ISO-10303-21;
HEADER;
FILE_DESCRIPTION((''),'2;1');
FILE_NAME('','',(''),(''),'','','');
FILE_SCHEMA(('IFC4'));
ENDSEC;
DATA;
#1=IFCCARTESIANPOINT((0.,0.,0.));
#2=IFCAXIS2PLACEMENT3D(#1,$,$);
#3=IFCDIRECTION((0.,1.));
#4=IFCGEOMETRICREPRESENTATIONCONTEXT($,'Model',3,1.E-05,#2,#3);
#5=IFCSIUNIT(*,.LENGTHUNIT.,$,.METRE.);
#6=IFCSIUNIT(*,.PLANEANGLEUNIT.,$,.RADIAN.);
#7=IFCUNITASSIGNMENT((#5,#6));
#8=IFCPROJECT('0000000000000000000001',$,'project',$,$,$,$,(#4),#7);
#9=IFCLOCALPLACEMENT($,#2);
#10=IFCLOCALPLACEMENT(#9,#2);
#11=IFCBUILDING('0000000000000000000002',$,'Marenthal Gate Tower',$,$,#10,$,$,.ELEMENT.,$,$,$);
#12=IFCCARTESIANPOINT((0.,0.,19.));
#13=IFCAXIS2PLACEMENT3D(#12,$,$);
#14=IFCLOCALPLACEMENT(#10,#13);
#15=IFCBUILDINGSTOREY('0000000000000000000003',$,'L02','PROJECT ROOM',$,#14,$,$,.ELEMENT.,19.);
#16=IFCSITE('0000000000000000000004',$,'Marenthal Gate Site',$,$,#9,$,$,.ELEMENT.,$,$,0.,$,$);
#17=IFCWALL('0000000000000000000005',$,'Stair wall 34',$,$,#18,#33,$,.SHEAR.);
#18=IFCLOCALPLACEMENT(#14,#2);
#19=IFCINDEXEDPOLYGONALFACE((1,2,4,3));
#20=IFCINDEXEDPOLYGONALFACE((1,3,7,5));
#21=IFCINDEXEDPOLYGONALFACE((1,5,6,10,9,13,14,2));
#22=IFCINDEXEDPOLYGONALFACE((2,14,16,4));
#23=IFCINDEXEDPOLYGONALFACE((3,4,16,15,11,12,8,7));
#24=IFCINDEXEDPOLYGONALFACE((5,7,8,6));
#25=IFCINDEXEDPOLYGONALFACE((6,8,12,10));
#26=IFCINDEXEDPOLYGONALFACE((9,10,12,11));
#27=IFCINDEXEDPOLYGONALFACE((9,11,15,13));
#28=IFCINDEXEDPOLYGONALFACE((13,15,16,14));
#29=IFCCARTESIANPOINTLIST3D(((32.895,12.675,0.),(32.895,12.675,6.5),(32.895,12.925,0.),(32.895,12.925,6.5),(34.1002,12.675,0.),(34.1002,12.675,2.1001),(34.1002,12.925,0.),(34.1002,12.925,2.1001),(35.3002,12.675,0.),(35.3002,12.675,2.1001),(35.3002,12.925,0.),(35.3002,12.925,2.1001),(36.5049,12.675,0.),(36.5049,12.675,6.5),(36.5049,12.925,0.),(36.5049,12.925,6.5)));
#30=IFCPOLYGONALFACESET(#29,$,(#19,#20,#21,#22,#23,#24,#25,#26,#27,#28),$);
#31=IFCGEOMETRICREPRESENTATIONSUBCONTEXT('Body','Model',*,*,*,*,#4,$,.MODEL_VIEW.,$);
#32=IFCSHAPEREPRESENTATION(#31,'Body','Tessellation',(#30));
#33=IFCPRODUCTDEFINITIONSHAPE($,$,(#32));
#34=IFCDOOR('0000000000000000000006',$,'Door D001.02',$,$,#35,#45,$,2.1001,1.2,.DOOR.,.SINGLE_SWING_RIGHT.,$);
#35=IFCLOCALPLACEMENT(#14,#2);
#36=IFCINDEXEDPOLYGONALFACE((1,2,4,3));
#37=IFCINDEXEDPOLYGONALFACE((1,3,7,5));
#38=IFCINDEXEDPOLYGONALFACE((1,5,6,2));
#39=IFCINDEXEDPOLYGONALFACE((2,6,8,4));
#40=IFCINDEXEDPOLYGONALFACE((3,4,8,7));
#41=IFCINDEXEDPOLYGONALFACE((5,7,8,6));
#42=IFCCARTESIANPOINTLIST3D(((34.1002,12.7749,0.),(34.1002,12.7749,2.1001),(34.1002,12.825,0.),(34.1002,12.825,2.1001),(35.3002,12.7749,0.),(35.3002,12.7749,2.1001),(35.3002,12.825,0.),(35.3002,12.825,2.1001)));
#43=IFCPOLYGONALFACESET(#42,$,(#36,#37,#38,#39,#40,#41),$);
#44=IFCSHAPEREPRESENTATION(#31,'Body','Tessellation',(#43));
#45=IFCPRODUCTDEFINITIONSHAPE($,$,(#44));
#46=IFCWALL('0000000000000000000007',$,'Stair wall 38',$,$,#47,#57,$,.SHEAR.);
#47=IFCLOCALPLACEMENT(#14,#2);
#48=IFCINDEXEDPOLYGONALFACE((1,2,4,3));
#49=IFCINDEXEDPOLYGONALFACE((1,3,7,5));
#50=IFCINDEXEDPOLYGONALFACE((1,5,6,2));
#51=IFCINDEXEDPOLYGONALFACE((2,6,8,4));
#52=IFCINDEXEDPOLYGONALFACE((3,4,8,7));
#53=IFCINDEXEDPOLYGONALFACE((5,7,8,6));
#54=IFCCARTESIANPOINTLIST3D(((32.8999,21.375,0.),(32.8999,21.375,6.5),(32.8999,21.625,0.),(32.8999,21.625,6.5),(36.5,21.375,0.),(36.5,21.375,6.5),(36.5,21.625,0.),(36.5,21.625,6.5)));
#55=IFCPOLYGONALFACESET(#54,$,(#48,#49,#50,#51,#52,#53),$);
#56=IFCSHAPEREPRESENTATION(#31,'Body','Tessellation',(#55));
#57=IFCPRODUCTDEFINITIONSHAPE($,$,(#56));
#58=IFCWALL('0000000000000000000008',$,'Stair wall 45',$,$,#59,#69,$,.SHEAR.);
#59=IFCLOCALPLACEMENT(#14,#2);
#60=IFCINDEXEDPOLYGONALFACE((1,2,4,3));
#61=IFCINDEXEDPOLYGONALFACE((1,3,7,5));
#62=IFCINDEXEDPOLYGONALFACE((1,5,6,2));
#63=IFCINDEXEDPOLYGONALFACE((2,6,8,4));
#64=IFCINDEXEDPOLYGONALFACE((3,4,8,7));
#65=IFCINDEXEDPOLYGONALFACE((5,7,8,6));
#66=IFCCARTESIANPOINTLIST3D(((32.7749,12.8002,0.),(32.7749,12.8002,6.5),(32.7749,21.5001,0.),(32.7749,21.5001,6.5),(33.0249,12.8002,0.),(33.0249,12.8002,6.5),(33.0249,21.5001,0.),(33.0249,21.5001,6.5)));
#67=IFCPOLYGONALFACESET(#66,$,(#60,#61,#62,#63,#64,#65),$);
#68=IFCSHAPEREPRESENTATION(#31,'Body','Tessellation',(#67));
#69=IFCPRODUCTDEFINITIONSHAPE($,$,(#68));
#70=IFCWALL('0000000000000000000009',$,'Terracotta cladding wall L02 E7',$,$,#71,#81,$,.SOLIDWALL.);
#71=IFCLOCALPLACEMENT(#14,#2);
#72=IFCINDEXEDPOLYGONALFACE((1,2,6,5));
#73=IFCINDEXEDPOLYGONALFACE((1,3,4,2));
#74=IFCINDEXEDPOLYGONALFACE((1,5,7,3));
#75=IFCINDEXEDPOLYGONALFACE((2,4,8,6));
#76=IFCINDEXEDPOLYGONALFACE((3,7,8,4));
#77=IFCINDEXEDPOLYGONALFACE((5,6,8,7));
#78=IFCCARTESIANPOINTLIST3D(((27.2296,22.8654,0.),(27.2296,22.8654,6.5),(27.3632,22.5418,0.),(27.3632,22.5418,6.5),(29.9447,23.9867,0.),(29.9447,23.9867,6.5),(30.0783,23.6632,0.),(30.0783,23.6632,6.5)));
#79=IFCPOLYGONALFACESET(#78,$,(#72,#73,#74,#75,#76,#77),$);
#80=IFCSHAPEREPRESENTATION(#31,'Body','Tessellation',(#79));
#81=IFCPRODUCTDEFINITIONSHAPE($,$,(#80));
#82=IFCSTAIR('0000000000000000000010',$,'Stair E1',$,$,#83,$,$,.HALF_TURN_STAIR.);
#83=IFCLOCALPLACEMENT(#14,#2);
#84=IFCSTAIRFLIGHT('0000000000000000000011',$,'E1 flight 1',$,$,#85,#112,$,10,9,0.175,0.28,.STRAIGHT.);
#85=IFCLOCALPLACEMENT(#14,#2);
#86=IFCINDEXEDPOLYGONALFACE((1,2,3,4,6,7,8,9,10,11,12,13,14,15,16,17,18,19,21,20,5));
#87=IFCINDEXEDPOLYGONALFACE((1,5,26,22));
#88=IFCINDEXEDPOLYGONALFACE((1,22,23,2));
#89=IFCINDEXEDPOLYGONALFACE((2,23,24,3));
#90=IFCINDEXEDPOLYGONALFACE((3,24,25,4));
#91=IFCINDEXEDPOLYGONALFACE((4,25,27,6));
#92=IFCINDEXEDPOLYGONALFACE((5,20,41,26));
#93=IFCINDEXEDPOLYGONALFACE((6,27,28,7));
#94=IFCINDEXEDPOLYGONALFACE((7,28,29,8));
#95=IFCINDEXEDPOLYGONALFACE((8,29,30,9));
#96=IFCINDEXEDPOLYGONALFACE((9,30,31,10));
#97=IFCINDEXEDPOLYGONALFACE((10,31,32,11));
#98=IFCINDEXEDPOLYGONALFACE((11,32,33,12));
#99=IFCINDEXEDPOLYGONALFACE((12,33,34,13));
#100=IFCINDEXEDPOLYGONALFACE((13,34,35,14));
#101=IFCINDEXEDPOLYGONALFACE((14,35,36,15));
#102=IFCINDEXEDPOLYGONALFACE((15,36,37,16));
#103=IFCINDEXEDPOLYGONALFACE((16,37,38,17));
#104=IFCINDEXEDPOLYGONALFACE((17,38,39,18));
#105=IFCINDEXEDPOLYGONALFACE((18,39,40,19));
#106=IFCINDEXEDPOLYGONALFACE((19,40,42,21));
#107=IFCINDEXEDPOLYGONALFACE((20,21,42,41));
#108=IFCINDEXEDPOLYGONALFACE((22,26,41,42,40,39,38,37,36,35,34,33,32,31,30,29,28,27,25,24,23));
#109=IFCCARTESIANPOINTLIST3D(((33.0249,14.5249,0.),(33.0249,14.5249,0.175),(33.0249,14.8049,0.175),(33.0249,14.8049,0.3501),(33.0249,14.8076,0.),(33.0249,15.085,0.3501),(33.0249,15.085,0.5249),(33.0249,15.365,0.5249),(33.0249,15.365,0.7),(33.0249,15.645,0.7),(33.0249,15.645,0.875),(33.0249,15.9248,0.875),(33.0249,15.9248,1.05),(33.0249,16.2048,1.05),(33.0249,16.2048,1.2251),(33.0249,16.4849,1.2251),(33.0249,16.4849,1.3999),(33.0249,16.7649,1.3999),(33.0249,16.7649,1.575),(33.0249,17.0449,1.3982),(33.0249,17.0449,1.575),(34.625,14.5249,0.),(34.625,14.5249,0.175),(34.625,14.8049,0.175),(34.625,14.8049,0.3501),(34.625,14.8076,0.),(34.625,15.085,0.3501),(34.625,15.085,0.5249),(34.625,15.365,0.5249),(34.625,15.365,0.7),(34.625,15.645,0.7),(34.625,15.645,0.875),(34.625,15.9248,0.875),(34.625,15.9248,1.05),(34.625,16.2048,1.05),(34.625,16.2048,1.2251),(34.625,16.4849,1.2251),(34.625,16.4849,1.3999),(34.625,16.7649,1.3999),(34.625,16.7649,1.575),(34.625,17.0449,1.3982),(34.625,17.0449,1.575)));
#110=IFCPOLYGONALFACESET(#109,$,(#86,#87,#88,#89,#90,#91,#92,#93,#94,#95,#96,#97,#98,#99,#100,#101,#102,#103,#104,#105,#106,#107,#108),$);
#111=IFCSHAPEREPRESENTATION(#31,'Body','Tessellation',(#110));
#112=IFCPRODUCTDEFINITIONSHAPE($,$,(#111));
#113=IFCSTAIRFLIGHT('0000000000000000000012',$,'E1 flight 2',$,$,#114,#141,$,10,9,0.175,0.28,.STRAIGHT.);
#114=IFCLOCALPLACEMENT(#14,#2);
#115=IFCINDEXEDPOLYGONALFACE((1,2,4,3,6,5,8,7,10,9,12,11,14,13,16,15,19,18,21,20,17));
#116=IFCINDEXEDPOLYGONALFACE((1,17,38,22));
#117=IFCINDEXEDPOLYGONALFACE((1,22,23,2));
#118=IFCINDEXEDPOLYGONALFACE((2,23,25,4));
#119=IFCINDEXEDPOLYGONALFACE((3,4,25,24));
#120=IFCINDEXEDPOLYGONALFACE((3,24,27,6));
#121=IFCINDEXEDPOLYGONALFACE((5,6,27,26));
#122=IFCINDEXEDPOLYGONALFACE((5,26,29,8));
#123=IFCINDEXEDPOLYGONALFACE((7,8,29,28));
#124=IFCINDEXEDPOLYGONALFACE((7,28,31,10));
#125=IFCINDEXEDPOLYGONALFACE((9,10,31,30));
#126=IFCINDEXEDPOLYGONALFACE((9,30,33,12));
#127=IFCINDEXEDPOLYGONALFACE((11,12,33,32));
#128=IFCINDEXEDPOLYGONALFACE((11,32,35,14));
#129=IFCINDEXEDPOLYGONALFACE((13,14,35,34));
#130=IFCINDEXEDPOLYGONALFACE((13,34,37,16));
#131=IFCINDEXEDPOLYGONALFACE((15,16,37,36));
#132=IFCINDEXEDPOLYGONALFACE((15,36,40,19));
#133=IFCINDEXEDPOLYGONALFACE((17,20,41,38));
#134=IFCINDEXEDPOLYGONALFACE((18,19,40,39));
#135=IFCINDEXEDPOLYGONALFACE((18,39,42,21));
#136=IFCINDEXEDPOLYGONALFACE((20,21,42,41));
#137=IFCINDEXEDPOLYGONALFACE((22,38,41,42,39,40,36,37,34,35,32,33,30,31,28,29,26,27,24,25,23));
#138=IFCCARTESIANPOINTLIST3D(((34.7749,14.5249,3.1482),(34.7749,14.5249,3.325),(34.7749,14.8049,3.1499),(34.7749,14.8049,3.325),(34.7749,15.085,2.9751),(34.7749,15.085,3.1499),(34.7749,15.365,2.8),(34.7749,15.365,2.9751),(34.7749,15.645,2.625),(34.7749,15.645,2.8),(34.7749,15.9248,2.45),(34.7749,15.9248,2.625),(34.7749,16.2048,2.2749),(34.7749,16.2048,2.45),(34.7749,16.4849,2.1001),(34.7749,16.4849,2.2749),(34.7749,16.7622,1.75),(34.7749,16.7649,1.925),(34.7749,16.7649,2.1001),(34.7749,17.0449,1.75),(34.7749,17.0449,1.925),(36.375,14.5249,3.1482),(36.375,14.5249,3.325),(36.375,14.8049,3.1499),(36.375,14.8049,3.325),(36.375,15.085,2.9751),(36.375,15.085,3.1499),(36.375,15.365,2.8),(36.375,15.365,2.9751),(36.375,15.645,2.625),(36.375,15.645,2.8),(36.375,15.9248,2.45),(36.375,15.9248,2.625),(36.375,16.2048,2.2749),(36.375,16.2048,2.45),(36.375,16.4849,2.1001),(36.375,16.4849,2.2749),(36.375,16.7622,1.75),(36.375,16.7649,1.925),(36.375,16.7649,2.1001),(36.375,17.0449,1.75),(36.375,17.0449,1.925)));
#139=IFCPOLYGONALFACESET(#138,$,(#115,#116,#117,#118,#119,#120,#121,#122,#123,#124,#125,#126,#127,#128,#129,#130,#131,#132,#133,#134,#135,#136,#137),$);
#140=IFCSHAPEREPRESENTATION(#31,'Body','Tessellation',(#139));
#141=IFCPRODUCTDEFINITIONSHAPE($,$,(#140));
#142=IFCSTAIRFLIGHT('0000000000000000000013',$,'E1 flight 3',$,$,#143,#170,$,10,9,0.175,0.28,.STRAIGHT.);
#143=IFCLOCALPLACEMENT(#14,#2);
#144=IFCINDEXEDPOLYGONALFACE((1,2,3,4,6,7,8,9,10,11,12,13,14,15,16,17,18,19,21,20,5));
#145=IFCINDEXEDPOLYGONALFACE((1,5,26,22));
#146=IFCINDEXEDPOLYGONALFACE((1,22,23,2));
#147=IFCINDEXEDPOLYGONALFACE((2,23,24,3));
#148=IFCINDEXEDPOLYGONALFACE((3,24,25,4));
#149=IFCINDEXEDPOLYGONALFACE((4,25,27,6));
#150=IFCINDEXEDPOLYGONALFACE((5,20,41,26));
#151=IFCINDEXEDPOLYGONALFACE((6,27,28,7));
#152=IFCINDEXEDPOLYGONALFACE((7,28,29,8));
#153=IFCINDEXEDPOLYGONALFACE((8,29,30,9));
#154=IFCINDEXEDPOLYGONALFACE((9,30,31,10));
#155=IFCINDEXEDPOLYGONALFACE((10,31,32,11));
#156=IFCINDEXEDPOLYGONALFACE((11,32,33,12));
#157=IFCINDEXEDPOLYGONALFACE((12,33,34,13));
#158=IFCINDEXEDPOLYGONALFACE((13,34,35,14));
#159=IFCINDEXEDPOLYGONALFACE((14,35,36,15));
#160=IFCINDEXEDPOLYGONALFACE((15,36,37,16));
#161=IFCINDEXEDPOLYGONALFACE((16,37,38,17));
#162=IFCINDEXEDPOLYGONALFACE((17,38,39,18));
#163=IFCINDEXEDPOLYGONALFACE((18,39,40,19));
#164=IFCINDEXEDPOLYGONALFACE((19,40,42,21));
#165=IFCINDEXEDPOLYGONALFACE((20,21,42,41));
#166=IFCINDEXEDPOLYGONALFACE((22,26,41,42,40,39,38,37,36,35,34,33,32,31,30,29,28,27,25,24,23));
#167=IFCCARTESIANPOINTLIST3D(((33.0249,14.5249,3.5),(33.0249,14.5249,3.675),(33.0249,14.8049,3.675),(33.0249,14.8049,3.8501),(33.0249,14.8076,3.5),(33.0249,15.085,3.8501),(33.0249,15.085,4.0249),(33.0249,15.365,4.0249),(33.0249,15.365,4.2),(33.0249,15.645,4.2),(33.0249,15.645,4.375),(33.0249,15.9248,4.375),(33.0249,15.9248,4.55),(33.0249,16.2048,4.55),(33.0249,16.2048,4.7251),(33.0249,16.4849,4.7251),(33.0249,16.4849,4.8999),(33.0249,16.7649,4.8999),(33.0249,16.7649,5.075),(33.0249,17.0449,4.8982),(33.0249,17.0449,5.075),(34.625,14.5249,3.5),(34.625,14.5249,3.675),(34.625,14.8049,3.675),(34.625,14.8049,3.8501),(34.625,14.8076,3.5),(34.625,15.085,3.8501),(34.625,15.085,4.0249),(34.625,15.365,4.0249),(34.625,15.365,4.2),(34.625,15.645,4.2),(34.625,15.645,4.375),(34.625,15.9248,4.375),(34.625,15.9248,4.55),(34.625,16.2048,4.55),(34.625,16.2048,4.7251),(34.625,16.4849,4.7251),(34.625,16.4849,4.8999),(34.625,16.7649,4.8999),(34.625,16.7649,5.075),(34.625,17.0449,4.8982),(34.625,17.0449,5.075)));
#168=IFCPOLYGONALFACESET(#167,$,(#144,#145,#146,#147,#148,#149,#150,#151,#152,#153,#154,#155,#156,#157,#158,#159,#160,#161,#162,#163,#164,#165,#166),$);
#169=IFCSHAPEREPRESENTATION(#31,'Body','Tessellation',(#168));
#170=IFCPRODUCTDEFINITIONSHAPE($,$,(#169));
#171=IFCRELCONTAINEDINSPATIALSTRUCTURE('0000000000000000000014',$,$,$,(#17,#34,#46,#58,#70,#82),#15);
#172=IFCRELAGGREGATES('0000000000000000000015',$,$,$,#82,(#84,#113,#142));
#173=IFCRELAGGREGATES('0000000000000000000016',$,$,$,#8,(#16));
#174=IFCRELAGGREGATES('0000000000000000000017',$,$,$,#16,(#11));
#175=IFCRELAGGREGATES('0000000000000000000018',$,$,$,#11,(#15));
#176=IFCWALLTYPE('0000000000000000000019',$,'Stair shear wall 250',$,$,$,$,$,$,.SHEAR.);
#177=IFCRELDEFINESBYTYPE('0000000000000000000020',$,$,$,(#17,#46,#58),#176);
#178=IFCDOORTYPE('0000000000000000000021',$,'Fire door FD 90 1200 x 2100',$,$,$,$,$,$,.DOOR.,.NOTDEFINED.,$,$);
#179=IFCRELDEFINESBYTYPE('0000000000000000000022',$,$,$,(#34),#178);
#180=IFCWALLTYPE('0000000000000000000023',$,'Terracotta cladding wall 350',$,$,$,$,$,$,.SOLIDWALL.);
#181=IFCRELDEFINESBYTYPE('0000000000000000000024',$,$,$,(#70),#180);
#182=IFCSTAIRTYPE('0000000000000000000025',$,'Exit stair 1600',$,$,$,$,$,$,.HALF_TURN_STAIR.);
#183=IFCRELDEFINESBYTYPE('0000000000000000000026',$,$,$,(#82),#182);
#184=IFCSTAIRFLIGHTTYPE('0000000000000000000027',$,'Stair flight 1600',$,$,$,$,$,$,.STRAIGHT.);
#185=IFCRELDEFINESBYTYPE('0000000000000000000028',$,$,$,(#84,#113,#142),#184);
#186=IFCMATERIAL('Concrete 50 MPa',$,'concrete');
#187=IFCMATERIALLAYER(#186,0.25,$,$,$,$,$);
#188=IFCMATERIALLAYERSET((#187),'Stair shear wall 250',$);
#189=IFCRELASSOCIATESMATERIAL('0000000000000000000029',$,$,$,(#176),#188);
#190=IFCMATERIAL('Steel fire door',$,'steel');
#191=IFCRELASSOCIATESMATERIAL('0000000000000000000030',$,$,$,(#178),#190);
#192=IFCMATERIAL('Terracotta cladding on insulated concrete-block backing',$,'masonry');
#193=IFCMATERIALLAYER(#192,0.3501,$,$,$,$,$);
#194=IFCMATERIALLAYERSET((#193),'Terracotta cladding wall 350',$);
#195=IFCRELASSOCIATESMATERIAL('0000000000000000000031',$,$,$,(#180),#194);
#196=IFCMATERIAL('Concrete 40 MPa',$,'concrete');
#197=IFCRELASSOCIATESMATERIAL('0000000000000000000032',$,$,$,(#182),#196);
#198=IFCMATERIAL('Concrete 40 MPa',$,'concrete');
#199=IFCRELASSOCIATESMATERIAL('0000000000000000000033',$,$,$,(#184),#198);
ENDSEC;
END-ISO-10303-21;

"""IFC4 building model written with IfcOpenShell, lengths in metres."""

from ifc_helpers import new_model, si_unit, direction, frame, frame_2d, origin, place, context, subcontext, project, spatial, polyline, rectangle, outline, extrude, material, layer, layer_set, type_object, element, fill, aggregate, save


model = new_model("IFC4")

# Units and contexts
model_context = context("Model", 3, precision=1e-05, world=origin(), true_north=direction((0.0, 1.0)))
body_context = subcontext(model_context, "Body", "Model", "MODEL_VIEW")
ifc_project = project(units=[si_unit("LENGTHUNIT", "METRE"), si_unit("PLANEANGLEUNIT", "RADIAN")], contexts=[model_context])

# Site, building, storey
site_placement = place(None, origin())
site = spatial("IfcSite", under=ifc_project, at=site_placement, Name="Marenthal Gate Site", CompositionType="ELEMENT", RefElevation=0.0)
building_placement = place(site_placement, origin())
building = spatial("IfcBuilding", under=site, at=building_placement, Name="Marenthal Gate Tower", CompositionType="ELEMENT")
storey_placement = place(building_placement, frame((0.0, 0.0, 19.0)))
storey = spatial("IfcBuildingStorey", under=building, at=storey_placement, Name="L02", Description="PROJECT ROOM", CompositionType="ELEMENT", Elevation=19.0)

# Wall, opening, door
ifc_material_1 = material(Name="Concrete 50 MPa", Category="concrete")
ifc_layer_1 = layer(ifc_material_1, 0.25)
ifc_layer_set_1 = layer_set([ifc_layer_1], Name="Stair shear wall 250")
wall_type_1 = type_object("IfcWallType", Name="Stair shear wall 250", PredefinedType="SHEAR", material=ifc_layer_set_1)
wall_1_placement = place(storey_placement, frame((32.895, 12.8, 0.0), z_axis=(0.0, 0.0, 1.0), x_axis=(1.0, 0.0, 0.0)))
wall_1 = element("IfcWall", 1, at=wall_1_placement, inside=storey, type_object=wall_type_1, Name="Stair wall 34", PredefinedType="SHEAR", context=body_context, shape_type="SweptSolid", body=[
    extrude(rectangle(XDim=3.6099, YDim=0.25, at=frame_2d((1.8049, 0.0))), origin(), (0.0, 0.0, 1.0), 6.5),
])
opening_1_placement = place(wall_1_placement, frame((1.2051, 0.0, 0.0)))
opening_1 = element("IfcOpeningElement", 2, at=opening_1_placement, cuts=wall_1, PredefinedType="OPENING", context=body_context, shape_type="SweptSolid", body=[
    extrude(rectangle(XDim=1.2, YDim=2.1001, at=frame_2d((0.6001, 1.05))), frame((0.0, 0.135, 0.0), z_axis=(0.0, -1.0, 0.0), x_axis=(1.0, 0.0, 0.0)), (0.0, 0.0, 1.0), 0.27),
])
ifc_material_2 = material(Name="Steel fire door", Category="steel")
door_type_1 = type_object("IfcDoorType", Name="Fire door FD 90 1200 x 2100", OperationType="NOTDEFINED", PredefinedType="DOOR", material=ifc_material_2)
door_1_placement = place(opening_1_placement, origin())
door_1 = element("IfcDoor", 3, at=door_1_placement, inside=storey, type_object=door_type_1, Name="Door D001.02", OperationType="SINGLE_SWING_RIGHT", OverallHeight=2.1001, OverallWidth=1.2, PredefinedType="DOOR", context=body_context, shape_type="SweptSolid", body=[
    extrude(rectangle(XDim=1.2, YDim=2.1001, at=frame_2d((0.6001, 1.05))), frame((0.0, 0.0249, 0.0), z_axis=(0.0, -1.0, 0.0), x_axis=(1.0, 0.0, 0.0)), (0.0, 0.0, 1.0), 0.05),
])
fill(opening_1, door_1)

# Walls
wall_2_placement = place(storey_placement, frame((32.8999, 21.5, 0.0), z_axis=(0.0, 0.0, 1.0), x_axis=(1.0, 0.0, 0.0)))
element("IfcWall", 4, at=wall_2_placement, inside=storey, type_object=wall_type_1, Name="Stair wall 38", PredefinedType="SHEAR", context=body_context, shape_type="SweptSolid", body=[
    extrude(rectangle(XDim=3.6001, YDim=0.25, at=frame_2d((1.8, 0.0))), origin(), (0.0, 0.0, 1.0), 6.5),
])
wall_3_placement = place(storey_placement, frame((32.8999, 12.8, 0.0), z_axis=(0.0, 0.0, 1.0), x_axis=(0.0, 1.0, 0.0)))
element("IfcWall", 5, at=wall_3_placement, inside=storey, type_object=wall_type_1, Name="Stair wall 45", PredefinedType="SHEAR", context=body_context, shape_type="SweptSolid", body=[
    extrude(rectangle(XDim=8.7, YDim=0.25, at=frame_2d((4.3501, 0.0))), origin(), (0.0, 0.0, 1.0), 6.5),
])
ifc_material_3 = material(Name="Terracotta cladding on insulated concrete-block backing", Category="masonry")
ifc_layer_2 = layer(ifc_material_3, 0.3501)
ifc_layer_set_2 = layer_set([ifc_layer_2], Name="Terracotta cladding wall 350")
wall_type_2 = type_object("IfcWallType", Name="Terracotta cladding wall 350", PredefinedType="SOLIDWALL", material=ifc_layer_set_2)
wall_4_placement = place(storey_placement, frame((30.0115, 23.825, 0.0), z_axis=(0.0, 0.0, 1.0), x_axis=(-0.924275, -0.381728, 0.0)))
element("IfcWall", 6, at=wall_4_placement, inside=storey, type_object=wall_type_2, Name="Terracotta cladding wall L02 E7", PredefinedType="SOLIDWALL", context=body_context, shape_type="SweptSolid", body=[
    extrude(rectangle(XDim=2.9375, YDim=0.3501, at=frame_2d((1.4688, 0.0))), origin(), (0.0, 0.0, 1.0), 6.5),
])

# Stair, stair flights
ifc_material_4 = material(Name="Concrete 40 MPa", Category="concrete")
stair_type = type_object("IfcStairType", Name="Exit stair 1600", PredefinedType="HALF_TURN_STAIR", material=ifc_material_4)
stair_placement = place(storey_placement, origin())
stair = element("IfcStair", 7, at=stair_placement, inside=storey, type_object=stair_type, Name="Stair E1", PredefinedType="HALF_TURN_STAIR")
ifc_material_5 = material(Name="Concrete 40 MPa", Category="concrete")
stair_flight_type = type_object("IfcStairFlightType", Name="Stair flight 1600", PredefinedType="STRAIGHT", material=ifc_material_5)
stair_flight_1_placement = place(storey_placement, frame((33.825, 14.5249, 0.0), z_axis=(0.0, 0.0, 1.0), x_axis=(0.0, 1.0, 0.0)))
stair_flight_1 = element("IfcStairFlight", 8, at=stair_flight_1_placement, type_object=stair_flight_type, Name="E1 flight 1", NumberOfRisers=10, NumberOfTreads=9, PredefinedType="STRAIGHT", RiserHeight=0.175, TreadLength=0.28, context=body_context, shape_type="SweptSolid", body=[
    extrude(outline(polyline([(0.0, 0.0), (0.0, 0.175), (0.28, 0.175), (0.28, 0.3501), (0.5601, 0.3501), (0.5601, 0.5249), (0.8401, 0.5249), (0.8401, 0.7), (1.1201, 0.7), (1.1201, 0.875), (1.3999, 0.875), (1.3999, 1.05), (1.6799, 1.05), (1.6799, 1.2251), (1.96, 1.2251), (1.96, 1.3999), (2.24, 1.3999), (2.24, 1.575), (2.52, 1.575), (2.52, 1.75), (2.52, 1.3982), (0.2827, 0.0), (0.0, 0.0)])), frame((0.0, 0.8, 0.0), z_axis=(0.0, -1.0, 0.0), x_axis=(1.0, 0.0, 0.0)), (0.0, 0.0, 1.0), 1.6001),
])
stair_flight_2_placement = place(storey_placement, frame((35.575, 17.0449, 1.75), z_axis=(0.0, 0.0, 1.0), x_axis=(0.0, -1.0, 0.0)))
stair_flight_2 = element("IfcStairFlight", 9, at=stair_flight_2_placement, type_object=stair_flight_type, Name="E1 flight 2", NumberOfRisers=10, NumberOfTreads=9, PredefinedType="STRAIGHT", RiserHeight=0.175, TreadLength=0.28, context=body_context, shape_type="SweptSolid", body=[
    extrude(outline(polyline([(0.0, 0.0), (0.0, 0.175), (0.28, 0.175), (0.28, 0.3501), (0.5601, 0.3501), (0.5601, 0.5249), (0.8401, 0.5249), (0.8401, 0.7), (1.1201, 0.7), (1.1201, 0.875), (1.3999, 0.875), (1.3999, 1.05), (1.6799, 1.05), (1.6799, 1.2251), (1.96, 1.2251), (1.96, 1.3999), (2.24, 1.3999), (2.24, 1.575), (2.52, 1.575), (2.52, 1.75), (2.52, 1.3982), (0.2827, 0.0), (0.0, 0.0)])), frame((0.0, 0.8, 0.0), z_axis=(0.0, -1.0, 0.0), x_axis=(1.0, 0.0, 0.0)), (0.0, 0.0, 1.0), 1.6001),
])
stair_flight_3_placement = place(storey_placement, frame((33.825, 14.5249, 3.5), z_axis=(0.0, 0.0, 1.0), x_axis=(0.0, 1.0, 0.0)))
stair_flight_3 = element("IfcStairFlight", 10, at=stair_flight_3_placement, type_object=stair_flight_type, Name="E1 flight 3", NumberOfRisers=10, NumberOfTreads=9, PredefinedType="STRAIGHT", RiserHeight=0.175, TreadLength=0.28, context=body_context, shape_type="SweptSolid", body=[
    extrude(outline(polyline([(0.0, 0.0), (0.0, 0.175), (0.28, 0.175), (0.28, 0.3501), (0.5601, 0.3501), (0.5601, 0.5249), (0.8401, 0.5249), (0.8401, 0.7), (1.1201, 0.7), (1.1201, 0.875), (1.3999, 0.875), (1.3999, 1.05), (1.6799, 1.05), (1.6799, 1.2251), (1.96, 1.2251), (1.96, 1.3999), (2.24, 1.3999), (2.24, 1.575), (2.52, 1.575), (2.52, 1.75), (2.52, 1.3982), (0.2827, 0.0), (0.0, 0.0)])), frame((0.0, 0.8, 0.0), z_axis=(0.0, -1.0, 0.0), x_axis=(1.0, 0.0, 0.0)), (0.0, 0.0, 1.0), 1.6001),
])
aggregate(stair, [stair_flight_1, stair_flight_2, stair_flight_3])

save(model, "model.ifc")
